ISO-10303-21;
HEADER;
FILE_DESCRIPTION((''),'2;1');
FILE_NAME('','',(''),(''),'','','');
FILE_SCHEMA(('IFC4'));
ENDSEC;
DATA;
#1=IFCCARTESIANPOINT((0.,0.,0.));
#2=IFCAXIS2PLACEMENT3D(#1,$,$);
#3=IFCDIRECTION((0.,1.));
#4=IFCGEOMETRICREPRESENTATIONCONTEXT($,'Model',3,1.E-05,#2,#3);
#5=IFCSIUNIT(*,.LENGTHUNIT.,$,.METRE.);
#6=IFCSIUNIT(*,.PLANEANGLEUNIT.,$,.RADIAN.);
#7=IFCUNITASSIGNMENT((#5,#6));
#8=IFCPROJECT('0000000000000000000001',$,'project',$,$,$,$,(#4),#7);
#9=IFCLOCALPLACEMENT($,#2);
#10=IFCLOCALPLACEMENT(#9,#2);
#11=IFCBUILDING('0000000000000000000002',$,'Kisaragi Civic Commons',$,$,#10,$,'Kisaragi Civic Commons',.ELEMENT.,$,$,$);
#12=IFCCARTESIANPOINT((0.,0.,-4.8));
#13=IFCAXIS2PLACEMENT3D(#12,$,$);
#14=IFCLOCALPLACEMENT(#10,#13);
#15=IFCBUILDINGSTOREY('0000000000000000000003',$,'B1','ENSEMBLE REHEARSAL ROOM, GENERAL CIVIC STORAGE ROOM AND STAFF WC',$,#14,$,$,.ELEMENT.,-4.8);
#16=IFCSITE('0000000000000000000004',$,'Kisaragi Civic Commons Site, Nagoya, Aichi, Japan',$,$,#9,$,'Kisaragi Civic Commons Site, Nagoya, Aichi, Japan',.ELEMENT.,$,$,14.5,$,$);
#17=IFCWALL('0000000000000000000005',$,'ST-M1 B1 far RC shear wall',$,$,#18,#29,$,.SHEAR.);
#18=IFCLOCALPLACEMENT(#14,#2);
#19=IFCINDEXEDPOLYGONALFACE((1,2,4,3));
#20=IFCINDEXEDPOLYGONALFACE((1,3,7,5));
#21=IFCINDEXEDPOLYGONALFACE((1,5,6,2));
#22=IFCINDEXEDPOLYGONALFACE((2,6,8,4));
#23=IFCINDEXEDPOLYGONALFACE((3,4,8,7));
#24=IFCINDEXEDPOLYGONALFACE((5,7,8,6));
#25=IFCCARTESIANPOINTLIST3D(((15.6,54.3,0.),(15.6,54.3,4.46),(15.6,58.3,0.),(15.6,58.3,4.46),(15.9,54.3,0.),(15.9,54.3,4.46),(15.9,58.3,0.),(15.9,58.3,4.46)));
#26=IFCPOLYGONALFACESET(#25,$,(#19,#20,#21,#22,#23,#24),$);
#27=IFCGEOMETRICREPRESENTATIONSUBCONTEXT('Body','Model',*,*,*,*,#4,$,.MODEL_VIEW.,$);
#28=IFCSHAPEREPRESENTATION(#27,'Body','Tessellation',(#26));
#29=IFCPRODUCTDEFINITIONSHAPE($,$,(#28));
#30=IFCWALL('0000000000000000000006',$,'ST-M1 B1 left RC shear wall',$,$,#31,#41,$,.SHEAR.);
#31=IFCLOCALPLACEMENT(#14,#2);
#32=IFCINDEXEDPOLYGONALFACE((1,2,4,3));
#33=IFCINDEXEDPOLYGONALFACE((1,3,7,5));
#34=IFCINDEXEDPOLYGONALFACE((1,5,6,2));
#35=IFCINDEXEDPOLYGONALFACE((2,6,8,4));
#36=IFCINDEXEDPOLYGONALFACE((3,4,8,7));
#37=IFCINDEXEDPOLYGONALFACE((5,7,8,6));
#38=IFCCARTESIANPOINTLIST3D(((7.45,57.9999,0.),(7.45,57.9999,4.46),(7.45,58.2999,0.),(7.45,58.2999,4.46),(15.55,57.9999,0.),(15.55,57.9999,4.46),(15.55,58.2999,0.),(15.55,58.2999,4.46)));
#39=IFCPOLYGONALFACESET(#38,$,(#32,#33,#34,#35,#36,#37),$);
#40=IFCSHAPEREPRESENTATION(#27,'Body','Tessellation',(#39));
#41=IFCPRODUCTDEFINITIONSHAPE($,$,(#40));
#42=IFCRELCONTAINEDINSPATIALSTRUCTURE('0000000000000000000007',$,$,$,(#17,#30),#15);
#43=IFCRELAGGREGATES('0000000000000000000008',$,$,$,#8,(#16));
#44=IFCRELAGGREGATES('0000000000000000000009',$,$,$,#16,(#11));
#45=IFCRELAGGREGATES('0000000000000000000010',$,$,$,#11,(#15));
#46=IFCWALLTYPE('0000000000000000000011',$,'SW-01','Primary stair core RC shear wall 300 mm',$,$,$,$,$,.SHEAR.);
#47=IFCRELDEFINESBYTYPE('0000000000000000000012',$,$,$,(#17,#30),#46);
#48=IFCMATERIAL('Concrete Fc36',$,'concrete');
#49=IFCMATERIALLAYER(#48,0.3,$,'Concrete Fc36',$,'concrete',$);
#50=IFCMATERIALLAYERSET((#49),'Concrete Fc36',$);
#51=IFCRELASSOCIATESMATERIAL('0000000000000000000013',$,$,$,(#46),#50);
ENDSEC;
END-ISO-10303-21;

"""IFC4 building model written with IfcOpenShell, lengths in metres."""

from ifc_helpers import new_model, si_unit, direction, frame, frame_2d, origin, place, context, subcontext, project, spatial, rectangle, extrude, material, layer, layer_set, type_object, element, save


model = new_model("IFC4")

# Units and contexts
model_context = context("Model", 3, precision=1e-05, world=origin(), true_north=direction((0.0, 1.0)))
body_context = subcontext(model_context, "Body", "Model", "MODEL_VIEW")
ifc_project = project(units=[si_unit("LENGTHUNIT", "METRE"), si_unit("PLANEANGLEUNIT", "RADIAN")], contexts=[model_context])

# Site, building, storey
site_placement = place(None, origin())
site = spatial("IfcSite", under=ifc_project, at=site_placement, Name="Kisaragi Civic Commons Site, Nagoya, Aichi, Japan", LongName="Kisaragi Civic Commons Site, Nagoya, Aichi, Japan", CompositionType="ELEMENT", RefElevation=14.5)
building_placement = place(site_placement, origin())
building = spatial("IfcBuilding", under=site, at=building_placement, Name="Kisaragi Civic Commons", LongName="Kisaragi Civic Commons", CompositionType="ELEMENT")
storey_placement = place(building_placement, frame((0.0, 0.0, -4.8)))
storey = spatial("IfcBuildingStorey", under=building, at=storey_placement, Name="B1", Description="ENSEMBLE REHEARSAL ROOM, GENERAL CIVIC STORAGE ROOM AND STAFF WC", CompositionType="ELEMENT", Elevation=-4.8)

# Shared definitions
ifc_material_1 = material(Name="Concrete Fc36", Category="concrete")

# Walls
ifc_layer = layer(ifc_material_1, 0.3, Name="Concrete Fc36", Category="concrete")
ifc_layer_set = layer_set([ifc_layer], Name="Concrete Fc36")
wall_type = type_object("IfcWallType", Name="SW-01", Description="Primary stair core RC shear wall 300 mm", PredefinedType="SHEAR", material=ifc_layer_set)
wall_1_placement = place(storey_placement, frame((15.75, 54.3, 0.0), z_axis=(0.0, 0.0, 1.0), x_axis=(0.0, 1.0, 0.0)))
element("IfcWall", 1, at=wall_1_placement, inside=storey, type_object=wall_type, Name="ST-M1 B1 far RC shear wall", PredefinedType="SHEAR", context=body_context, shape_type="SweptSolid", body=[
    extrude(rectangle(XDim=4.0, YDim=0.3, at=frame_2d((2.0, 0.0))), origin(), (0.0, 0.0, 1.0), 4.46),
])
wall_2_placement = place(storey_placement, frame((15.55, 58.1499, 0.0), z_axis=(0.0, 0.0, 1.0), x_axis=(-1.0, 0.0, 0.0)))
element("IfcWall", 2, at=wall_2_placement, inside=storey, type_object=wall_type, Name="ST-M1 B1 left RC shear wall", PredefinedType="SHEAR", context=body_context, shape_type="SweptSolid", body=[
    extrude(rectangle(XDim=8.1001, YDim=0.3, at=frame_2d((4.05, 0.0))), origin(), (0.0, 0.0, 1.0), 4.46),
])

save(model, "model.ifc")
